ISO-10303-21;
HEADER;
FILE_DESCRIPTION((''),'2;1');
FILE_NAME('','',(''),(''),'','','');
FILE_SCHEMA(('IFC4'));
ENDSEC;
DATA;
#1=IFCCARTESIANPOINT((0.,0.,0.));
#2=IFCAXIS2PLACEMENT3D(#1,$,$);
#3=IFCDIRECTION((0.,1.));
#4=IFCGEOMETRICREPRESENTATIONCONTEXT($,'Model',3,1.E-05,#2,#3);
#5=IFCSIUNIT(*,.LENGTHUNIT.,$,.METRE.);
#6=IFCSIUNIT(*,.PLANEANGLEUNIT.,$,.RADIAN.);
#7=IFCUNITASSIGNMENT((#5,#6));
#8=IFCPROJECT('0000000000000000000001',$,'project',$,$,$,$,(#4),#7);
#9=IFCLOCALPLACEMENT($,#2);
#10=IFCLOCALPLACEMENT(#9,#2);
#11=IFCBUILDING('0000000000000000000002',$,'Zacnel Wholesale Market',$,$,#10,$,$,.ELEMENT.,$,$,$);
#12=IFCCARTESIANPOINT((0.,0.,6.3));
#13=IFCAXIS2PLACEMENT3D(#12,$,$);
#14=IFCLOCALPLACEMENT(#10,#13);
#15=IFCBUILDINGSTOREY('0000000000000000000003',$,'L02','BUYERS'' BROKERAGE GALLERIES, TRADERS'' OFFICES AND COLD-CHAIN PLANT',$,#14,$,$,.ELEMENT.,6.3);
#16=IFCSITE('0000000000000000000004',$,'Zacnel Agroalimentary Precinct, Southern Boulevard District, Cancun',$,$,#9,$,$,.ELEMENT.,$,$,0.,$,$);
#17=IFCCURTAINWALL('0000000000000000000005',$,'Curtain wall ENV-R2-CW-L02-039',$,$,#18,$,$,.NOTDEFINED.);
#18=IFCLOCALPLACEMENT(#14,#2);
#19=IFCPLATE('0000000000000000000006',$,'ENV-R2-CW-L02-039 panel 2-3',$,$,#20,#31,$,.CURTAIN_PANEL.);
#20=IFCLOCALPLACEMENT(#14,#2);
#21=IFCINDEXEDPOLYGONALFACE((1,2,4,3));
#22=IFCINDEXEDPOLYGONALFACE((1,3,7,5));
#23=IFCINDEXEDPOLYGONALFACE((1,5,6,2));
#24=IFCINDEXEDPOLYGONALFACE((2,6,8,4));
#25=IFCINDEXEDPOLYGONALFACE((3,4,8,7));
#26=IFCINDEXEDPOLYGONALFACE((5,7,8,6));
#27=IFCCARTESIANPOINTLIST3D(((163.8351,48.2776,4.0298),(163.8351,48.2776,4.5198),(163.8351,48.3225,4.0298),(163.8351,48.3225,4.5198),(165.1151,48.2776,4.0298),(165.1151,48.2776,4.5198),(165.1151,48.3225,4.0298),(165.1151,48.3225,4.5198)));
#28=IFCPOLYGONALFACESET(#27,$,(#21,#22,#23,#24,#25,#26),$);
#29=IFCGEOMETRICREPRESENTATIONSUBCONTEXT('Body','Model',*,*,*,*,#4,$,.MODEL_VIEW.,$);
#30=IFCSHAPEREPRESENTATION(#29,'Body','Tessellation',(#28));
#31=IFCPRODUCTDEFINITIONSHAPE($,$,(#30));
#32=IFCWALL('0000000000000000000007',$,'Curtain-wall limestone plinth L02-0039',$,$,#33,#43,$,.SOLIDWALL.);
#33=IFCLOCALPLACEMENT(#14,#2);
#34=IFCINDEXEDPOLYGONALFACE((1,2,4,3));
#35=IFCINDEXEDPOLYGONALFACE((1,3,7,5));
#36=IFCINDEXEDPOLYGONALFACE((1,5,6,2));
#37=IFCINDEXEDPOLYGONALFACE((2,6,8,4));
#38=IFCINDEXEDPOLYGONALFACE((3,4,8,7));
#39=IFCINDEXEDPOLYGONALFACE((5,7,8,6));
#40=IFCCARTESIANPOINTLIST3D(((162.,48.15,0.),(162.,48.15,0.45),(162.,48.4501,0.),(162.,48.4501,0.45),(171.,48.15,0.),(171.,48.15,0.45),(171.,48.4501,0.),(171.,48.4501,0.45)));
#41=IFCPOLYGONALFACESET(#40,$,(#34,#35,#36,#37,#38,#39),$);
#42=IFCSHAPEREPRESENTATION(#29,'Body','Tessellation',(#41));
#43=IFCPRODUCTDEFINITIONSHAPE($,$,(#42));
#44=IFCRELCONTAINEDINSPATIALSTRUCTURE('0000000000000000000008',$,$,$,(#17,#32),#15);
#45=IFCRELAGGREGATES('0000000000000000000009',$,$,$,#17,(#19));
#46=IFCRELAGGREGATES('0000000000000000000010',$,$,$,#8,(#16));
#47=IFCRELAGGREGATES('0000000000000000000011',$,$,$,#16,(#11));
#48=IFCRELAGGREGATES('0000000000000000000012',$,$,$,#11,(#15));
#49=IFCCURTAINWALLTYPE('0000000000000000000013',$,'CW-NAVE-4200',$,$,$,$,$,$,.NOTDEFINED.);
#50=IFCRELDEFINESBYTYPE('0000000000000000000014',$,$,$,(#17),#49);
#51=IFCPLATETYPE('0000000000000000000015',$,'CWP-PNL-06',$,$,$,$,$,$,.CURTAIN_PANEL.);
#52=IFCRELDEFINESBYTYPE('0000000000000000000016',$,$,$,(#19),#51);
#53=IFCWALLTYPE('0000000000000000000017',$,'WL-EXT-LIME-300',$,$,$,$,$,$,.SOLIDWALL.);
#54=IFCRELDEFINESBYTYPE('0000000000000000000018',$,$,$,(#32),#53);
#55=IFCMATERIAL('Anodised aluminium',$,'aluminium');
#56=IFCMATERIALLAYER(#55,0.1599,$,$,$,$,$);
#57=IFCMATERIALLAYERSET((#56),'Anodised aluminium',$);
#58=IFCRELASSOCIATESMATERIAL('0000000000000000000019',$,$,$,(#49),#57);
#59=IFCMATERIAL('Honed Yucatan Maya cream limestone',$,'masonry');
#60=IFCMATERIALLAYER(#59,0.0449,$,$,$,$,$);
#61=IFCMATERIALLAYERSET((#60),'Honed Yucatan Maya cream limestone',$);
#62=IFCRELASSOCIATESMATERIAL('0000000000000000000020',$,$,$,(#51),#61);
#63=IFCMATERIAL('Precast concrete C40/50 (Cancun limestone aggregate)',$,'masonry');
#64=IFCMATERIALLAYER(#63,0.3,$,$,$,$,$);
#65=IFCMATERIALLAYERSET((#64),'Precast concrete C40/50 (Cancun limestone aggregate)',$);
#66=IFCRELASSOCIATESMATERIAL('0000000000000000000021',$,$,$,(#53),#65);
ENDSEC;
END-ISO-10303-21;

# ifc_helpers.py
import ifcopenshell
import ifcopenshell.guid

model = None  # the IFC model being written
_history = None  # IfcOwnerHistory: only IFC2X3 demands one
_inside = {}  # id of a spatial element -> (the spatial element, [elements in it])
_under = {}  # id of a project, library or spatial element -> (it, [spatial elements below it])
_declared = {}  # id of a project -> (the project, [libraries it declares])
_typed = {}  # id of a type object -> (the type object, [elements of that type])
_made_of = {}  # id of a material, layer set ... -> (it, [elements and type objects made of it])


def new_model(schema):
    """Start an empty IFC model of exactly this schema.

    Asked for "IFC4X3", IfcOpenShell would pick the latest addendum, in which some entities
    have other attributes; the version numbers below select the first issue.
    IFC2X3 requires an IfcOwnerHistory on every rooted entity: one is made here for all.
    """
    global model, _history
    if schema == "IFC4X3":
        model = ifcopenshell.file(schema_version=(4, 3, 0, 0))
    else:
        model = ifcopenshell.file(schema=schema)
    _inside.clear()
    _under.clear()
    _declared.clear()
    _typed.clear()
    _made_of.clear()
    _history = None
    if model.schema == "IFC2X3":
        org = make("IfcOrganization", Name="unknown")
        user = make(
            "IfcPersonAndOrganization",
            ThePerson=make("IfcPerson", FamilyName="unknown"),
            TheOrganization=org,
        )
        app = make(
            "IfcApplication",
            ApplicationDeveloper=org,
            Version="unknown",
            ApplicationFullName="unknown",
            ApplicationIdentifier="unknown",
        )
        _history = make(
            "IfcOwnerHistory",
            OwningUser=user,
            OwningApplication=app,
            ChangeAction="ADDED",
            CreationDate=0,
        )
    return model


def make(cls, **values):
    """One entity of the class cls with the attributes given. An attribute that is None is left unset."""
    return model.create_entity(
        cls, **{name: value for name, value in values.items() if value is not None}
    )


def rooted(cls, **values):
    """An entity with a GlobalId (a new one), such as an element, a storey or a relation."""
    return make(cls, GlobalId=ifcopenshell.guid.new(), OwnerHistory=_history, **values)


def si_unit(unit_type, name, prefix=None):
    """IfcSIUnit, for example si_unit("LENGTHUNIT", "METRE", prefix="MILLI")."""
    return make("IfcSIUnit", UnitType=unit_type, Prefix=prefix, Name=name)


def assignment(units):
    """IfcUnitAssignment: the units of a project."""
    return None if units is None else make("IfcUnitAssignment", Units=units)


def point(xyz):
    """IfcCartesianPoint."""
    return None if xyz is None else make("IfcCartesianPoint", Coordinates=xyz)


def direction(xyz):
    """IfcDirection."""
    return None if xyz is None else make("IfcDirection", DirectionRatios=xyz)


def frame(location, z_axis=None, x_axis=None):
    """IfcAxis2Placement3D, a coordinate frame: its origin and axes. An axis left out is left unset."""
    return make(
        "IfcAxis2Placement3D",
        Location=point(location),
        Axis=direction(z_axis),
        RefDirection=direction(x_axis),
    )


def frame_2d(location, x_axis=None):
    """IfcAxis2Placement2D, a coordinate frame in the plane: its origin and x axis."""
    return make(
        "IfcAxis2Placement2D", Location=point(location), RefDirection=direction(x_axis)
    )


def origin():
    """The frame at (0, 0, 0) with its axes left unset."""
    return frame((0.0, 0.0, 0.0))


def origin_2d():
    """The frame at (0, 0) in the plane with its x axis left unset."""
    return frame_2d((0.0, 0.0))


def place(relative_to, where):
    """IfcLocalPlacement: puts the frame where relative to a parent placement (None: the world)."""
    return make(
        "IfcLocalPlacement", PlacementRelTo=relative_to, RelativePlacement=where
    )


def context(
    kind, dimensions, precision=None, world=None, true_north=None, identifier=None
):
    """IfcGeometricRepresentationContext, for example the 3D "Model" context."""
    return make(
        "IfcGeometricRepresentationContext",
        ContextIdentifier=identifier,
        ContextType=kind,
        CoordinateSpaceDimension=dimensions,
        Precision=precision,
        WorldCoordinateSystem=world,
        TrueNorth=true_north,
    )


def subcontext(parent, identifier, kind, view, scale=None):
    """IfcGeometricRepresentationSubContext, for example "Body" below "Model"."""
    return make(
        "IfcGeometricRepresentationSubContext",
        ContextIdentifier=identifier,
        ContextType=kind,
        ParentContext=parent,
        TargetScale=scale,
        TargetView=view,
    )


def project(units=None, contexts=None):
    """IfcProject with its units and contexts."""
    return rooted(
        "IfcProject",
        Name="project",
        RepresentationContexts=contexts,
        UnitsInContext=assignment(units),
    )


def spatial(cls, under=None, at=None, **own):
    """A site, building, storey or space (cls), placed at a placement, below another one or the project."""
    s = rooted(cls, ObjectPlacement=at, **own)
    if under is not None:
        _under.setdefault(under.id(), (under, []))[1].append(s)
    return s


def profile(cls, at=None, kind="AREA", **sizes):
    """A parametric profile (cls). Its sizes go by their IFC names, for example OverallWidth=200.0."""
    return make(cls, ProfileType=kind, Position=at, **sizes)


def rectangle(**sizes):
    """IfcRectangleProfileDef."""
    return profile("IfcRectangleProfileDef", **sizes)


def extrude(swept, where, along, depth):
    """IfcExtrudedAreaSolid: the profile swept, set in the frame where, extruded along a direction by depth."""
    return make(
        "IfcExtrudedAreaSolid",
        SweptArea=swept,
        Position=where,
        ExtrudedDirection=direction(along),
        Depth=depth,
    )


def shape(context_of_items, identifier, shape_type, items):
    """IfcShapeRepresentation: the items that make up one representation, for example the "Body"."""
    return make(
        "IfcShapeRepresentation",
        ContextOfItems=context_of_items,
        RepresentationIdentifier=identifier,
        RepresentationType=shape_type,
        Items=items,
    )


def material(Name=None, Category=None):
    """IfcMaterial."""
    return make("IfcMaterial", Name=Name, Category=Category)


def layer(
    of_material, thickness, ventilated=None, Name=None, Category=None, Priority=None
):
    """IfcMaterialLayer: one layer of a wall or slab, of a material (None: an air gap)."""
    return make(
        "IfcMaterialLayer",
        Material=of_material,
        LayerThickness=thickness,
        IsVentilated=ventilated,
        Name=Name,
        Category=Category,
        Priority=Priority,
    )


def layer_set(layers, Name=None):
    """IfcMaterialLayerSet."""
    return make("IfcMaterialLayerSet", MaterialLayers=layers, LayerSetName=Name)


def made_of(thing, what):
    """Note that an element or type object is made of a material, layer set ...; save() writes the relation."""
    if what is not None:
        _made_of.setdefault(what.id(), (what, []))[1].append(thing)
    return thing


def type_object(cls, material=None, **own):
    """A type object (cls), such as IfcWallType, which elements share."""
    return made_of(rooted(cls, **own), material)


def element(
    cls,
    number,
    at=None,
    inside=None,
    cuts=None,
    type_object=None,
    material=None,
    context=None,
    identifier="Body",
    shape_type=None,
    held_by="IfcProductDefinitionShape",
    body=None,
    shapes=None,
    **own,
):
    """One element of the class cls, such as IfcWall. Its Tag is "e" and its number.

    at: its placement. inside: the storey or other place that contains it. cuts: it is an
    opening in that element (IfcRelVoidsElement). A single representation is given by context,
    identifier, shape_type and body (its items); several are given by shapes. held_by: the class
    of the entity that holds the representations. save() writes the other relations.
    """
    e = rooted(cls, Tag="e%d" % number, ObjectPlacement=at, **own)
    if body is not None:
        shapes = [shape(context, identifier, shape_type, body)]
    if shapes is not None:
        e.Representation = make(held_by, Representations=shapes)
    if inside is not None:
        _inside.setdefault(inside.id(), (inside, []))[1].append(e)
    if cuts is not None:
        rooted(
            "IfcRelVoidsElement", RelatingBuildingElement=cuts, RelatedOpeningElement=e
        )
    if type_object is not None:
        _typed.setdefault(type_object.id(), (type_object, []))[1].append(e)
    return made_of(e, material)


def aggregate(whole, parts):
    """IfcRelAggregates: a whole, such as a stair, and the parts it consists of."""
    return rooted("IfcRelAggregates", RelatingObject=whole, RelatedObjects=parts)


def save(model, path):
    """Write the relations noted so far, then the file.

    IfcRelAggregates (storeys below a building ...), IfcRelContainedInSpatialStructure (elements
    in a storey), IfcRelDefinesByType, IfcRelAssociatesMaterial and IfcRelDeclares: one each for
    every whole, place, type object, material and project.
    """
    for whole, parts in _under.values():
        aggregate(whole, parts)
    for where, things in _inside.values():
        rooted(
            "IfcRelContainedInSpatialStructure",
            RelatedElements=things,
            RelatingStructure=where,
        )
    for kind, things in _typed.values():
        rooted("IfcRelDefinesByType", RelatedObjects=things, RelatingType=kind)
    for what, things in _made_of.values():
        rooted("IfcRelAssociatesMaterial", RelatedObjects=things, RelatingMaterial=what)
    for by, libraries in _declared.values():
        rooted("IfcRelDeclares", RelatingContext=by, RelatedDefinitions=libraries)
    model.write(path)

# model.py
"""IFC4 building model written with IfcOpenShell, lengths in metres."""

from ifc_helpers import new_model, si_unit, direction, frame, frame_2d, origin, origin_2d, place, context, subcontext, project, spatial, rectangle, extrude, material, layer, layer_set, type_object, element, aggregate, save


model = new_model("IFC4")

# Units and contexts
model_context = context("Model", 3, precision=1e-05, world=origin(), true_north=direction((0.0, 1.0)))
body_context = subcontext(model_context, "Body", "Model", "MODEL_VIEW")
ifc_project = project(units=[si_unit("LENGTHUNIT", "METRE"), si_unit("PLANEANGLEUNIT", "RADIAN")], contexts=[model_context])

# Site, building, storey
site_placement = place(None, origin())
site = spatial("IfcSite", under=ifc_project, at=site_placement, Name="Zacnel Agroalimentary Precinct, Southern Boulevard District, Cancun", CompositionType="ELEMENT", RefElevation=0.0)
building_placement = place(site_placement, origin())
building = spatial("IfcBuilding", under=site, at=building_placement, Name="Zacnel Wholesale Market", CompositionType="ELEMENT")
storey_placement = place(building_placement, frame((0.0, 0.0, 6.3)))
storey = spatial("IfcBuildingStorey", under=building, at=storey_placement, Name="L02", Description="BUYERS' BROKERAGE GALLERIES, TRADERS' OFFICES AND COLD-CHAIN PLANT", CompositionType="ELEMENT", Elevation=6.3)

# Curtain wall
ifc_material_1 = material(Name="Anodised aluminium", Category="aluminium")
ifc_layer_1 = layer(ifc_material_1, 0.1599)
ifc_layer_set_1 = layer_set([ifc_layer_1], Name="Anodised aluminium")
curtain_wall_type = type_object("IfcCurtainWallType", Name="CW-NAVE-4200", PredefinedType="NOTDEFINED", material=ifc_layer_set_1)
curtain_wall_1_placement = place(storey_placement, origin())
curtain_wall_1 = element("IfcCurtainWall", 1, at=curtain_wall_1_placement, inside=storey, type_object=curtain_wall_type, Name="Curtain wall ENV-R2-CW-L02-039", PredefinedType="NOTDEFINED")

# Plate
ifc_material_2 = material(Name="Honed Yucatan Maya cream limestone", Category="masonry")
ifc_layer_2 = layer(ifc_material_2, 0.0449)
ifc_layer_set_2 = layer_set([ifc_layer_2], Name="Honed Yucatan Maya cream limestone")
plate_type_1 = type_object("IfcPlateType", Name="CWP-PNL-06", PredefinedType="CURTAIN_PANEL", material=ifc_layer_set_2)
plate_1_placement = place(storey_placement, frame((164.4751, 48.3, 4.0298), z_axis=(0.0, 0.0, 1.0), x_axis=(1.0, 0.0, 0.0)))
plate_1 = element("IfcPlate", 2, at=plate_1_placement, type_object=plate_type_1, Name="ENV-R2-CW-L02-039 panel 2-3", PredefinedType="CURTAIN_PANEL", context=body_context, shape_type="SweptSolid", body=[
    extrude(rectangle(XDim=1.28, YDim=0.0449, at=origin_2d()), origin(), (0.0, 0.0, 1.0), 0.49),
])
aggregate(curtain_wall_1, [plate_1])

# Wall
ifc_material_3 = material(Name="Precast concrete C40/50 (Cancun limestone aggregate)", Category="masonry")
ifc_layer_3 = layer(ifc_material_3, 0.3)
ifc_layer_set_3 = layer_set([ifc_layer_3], Name="Precast concrete C40/50 (Cancun limestone aggregate)")
wall_type = type_object("IfcWallType", Name="WL-EXT-LIME-300", PredefinedType="SOLIDWALL", material=ifc_layer_set_3)
wall_placement = place(storey_placement, frame((162.0, 48.3, 0.0), z_axis=(0.0, 0.0, 1.0), x_axis=(1.0, 0.0, 0.0)))
element("IfcWall", 3, at=wall_placement, inside=storey, type_object=wall_type, Name="Curtain-wall limestone plinth L02-0039", PredefinedType="SOLIDWALL", context=body_context, shape_type="SweptSolid", body=[
    extrude(rectangle(XDim=9.0, YDim=0.3, at=frame_2d((4.5, 0.0))), origin(), (0.0, 0.0, 1.0), 0.45),
])

save(model, "model.ifc")
